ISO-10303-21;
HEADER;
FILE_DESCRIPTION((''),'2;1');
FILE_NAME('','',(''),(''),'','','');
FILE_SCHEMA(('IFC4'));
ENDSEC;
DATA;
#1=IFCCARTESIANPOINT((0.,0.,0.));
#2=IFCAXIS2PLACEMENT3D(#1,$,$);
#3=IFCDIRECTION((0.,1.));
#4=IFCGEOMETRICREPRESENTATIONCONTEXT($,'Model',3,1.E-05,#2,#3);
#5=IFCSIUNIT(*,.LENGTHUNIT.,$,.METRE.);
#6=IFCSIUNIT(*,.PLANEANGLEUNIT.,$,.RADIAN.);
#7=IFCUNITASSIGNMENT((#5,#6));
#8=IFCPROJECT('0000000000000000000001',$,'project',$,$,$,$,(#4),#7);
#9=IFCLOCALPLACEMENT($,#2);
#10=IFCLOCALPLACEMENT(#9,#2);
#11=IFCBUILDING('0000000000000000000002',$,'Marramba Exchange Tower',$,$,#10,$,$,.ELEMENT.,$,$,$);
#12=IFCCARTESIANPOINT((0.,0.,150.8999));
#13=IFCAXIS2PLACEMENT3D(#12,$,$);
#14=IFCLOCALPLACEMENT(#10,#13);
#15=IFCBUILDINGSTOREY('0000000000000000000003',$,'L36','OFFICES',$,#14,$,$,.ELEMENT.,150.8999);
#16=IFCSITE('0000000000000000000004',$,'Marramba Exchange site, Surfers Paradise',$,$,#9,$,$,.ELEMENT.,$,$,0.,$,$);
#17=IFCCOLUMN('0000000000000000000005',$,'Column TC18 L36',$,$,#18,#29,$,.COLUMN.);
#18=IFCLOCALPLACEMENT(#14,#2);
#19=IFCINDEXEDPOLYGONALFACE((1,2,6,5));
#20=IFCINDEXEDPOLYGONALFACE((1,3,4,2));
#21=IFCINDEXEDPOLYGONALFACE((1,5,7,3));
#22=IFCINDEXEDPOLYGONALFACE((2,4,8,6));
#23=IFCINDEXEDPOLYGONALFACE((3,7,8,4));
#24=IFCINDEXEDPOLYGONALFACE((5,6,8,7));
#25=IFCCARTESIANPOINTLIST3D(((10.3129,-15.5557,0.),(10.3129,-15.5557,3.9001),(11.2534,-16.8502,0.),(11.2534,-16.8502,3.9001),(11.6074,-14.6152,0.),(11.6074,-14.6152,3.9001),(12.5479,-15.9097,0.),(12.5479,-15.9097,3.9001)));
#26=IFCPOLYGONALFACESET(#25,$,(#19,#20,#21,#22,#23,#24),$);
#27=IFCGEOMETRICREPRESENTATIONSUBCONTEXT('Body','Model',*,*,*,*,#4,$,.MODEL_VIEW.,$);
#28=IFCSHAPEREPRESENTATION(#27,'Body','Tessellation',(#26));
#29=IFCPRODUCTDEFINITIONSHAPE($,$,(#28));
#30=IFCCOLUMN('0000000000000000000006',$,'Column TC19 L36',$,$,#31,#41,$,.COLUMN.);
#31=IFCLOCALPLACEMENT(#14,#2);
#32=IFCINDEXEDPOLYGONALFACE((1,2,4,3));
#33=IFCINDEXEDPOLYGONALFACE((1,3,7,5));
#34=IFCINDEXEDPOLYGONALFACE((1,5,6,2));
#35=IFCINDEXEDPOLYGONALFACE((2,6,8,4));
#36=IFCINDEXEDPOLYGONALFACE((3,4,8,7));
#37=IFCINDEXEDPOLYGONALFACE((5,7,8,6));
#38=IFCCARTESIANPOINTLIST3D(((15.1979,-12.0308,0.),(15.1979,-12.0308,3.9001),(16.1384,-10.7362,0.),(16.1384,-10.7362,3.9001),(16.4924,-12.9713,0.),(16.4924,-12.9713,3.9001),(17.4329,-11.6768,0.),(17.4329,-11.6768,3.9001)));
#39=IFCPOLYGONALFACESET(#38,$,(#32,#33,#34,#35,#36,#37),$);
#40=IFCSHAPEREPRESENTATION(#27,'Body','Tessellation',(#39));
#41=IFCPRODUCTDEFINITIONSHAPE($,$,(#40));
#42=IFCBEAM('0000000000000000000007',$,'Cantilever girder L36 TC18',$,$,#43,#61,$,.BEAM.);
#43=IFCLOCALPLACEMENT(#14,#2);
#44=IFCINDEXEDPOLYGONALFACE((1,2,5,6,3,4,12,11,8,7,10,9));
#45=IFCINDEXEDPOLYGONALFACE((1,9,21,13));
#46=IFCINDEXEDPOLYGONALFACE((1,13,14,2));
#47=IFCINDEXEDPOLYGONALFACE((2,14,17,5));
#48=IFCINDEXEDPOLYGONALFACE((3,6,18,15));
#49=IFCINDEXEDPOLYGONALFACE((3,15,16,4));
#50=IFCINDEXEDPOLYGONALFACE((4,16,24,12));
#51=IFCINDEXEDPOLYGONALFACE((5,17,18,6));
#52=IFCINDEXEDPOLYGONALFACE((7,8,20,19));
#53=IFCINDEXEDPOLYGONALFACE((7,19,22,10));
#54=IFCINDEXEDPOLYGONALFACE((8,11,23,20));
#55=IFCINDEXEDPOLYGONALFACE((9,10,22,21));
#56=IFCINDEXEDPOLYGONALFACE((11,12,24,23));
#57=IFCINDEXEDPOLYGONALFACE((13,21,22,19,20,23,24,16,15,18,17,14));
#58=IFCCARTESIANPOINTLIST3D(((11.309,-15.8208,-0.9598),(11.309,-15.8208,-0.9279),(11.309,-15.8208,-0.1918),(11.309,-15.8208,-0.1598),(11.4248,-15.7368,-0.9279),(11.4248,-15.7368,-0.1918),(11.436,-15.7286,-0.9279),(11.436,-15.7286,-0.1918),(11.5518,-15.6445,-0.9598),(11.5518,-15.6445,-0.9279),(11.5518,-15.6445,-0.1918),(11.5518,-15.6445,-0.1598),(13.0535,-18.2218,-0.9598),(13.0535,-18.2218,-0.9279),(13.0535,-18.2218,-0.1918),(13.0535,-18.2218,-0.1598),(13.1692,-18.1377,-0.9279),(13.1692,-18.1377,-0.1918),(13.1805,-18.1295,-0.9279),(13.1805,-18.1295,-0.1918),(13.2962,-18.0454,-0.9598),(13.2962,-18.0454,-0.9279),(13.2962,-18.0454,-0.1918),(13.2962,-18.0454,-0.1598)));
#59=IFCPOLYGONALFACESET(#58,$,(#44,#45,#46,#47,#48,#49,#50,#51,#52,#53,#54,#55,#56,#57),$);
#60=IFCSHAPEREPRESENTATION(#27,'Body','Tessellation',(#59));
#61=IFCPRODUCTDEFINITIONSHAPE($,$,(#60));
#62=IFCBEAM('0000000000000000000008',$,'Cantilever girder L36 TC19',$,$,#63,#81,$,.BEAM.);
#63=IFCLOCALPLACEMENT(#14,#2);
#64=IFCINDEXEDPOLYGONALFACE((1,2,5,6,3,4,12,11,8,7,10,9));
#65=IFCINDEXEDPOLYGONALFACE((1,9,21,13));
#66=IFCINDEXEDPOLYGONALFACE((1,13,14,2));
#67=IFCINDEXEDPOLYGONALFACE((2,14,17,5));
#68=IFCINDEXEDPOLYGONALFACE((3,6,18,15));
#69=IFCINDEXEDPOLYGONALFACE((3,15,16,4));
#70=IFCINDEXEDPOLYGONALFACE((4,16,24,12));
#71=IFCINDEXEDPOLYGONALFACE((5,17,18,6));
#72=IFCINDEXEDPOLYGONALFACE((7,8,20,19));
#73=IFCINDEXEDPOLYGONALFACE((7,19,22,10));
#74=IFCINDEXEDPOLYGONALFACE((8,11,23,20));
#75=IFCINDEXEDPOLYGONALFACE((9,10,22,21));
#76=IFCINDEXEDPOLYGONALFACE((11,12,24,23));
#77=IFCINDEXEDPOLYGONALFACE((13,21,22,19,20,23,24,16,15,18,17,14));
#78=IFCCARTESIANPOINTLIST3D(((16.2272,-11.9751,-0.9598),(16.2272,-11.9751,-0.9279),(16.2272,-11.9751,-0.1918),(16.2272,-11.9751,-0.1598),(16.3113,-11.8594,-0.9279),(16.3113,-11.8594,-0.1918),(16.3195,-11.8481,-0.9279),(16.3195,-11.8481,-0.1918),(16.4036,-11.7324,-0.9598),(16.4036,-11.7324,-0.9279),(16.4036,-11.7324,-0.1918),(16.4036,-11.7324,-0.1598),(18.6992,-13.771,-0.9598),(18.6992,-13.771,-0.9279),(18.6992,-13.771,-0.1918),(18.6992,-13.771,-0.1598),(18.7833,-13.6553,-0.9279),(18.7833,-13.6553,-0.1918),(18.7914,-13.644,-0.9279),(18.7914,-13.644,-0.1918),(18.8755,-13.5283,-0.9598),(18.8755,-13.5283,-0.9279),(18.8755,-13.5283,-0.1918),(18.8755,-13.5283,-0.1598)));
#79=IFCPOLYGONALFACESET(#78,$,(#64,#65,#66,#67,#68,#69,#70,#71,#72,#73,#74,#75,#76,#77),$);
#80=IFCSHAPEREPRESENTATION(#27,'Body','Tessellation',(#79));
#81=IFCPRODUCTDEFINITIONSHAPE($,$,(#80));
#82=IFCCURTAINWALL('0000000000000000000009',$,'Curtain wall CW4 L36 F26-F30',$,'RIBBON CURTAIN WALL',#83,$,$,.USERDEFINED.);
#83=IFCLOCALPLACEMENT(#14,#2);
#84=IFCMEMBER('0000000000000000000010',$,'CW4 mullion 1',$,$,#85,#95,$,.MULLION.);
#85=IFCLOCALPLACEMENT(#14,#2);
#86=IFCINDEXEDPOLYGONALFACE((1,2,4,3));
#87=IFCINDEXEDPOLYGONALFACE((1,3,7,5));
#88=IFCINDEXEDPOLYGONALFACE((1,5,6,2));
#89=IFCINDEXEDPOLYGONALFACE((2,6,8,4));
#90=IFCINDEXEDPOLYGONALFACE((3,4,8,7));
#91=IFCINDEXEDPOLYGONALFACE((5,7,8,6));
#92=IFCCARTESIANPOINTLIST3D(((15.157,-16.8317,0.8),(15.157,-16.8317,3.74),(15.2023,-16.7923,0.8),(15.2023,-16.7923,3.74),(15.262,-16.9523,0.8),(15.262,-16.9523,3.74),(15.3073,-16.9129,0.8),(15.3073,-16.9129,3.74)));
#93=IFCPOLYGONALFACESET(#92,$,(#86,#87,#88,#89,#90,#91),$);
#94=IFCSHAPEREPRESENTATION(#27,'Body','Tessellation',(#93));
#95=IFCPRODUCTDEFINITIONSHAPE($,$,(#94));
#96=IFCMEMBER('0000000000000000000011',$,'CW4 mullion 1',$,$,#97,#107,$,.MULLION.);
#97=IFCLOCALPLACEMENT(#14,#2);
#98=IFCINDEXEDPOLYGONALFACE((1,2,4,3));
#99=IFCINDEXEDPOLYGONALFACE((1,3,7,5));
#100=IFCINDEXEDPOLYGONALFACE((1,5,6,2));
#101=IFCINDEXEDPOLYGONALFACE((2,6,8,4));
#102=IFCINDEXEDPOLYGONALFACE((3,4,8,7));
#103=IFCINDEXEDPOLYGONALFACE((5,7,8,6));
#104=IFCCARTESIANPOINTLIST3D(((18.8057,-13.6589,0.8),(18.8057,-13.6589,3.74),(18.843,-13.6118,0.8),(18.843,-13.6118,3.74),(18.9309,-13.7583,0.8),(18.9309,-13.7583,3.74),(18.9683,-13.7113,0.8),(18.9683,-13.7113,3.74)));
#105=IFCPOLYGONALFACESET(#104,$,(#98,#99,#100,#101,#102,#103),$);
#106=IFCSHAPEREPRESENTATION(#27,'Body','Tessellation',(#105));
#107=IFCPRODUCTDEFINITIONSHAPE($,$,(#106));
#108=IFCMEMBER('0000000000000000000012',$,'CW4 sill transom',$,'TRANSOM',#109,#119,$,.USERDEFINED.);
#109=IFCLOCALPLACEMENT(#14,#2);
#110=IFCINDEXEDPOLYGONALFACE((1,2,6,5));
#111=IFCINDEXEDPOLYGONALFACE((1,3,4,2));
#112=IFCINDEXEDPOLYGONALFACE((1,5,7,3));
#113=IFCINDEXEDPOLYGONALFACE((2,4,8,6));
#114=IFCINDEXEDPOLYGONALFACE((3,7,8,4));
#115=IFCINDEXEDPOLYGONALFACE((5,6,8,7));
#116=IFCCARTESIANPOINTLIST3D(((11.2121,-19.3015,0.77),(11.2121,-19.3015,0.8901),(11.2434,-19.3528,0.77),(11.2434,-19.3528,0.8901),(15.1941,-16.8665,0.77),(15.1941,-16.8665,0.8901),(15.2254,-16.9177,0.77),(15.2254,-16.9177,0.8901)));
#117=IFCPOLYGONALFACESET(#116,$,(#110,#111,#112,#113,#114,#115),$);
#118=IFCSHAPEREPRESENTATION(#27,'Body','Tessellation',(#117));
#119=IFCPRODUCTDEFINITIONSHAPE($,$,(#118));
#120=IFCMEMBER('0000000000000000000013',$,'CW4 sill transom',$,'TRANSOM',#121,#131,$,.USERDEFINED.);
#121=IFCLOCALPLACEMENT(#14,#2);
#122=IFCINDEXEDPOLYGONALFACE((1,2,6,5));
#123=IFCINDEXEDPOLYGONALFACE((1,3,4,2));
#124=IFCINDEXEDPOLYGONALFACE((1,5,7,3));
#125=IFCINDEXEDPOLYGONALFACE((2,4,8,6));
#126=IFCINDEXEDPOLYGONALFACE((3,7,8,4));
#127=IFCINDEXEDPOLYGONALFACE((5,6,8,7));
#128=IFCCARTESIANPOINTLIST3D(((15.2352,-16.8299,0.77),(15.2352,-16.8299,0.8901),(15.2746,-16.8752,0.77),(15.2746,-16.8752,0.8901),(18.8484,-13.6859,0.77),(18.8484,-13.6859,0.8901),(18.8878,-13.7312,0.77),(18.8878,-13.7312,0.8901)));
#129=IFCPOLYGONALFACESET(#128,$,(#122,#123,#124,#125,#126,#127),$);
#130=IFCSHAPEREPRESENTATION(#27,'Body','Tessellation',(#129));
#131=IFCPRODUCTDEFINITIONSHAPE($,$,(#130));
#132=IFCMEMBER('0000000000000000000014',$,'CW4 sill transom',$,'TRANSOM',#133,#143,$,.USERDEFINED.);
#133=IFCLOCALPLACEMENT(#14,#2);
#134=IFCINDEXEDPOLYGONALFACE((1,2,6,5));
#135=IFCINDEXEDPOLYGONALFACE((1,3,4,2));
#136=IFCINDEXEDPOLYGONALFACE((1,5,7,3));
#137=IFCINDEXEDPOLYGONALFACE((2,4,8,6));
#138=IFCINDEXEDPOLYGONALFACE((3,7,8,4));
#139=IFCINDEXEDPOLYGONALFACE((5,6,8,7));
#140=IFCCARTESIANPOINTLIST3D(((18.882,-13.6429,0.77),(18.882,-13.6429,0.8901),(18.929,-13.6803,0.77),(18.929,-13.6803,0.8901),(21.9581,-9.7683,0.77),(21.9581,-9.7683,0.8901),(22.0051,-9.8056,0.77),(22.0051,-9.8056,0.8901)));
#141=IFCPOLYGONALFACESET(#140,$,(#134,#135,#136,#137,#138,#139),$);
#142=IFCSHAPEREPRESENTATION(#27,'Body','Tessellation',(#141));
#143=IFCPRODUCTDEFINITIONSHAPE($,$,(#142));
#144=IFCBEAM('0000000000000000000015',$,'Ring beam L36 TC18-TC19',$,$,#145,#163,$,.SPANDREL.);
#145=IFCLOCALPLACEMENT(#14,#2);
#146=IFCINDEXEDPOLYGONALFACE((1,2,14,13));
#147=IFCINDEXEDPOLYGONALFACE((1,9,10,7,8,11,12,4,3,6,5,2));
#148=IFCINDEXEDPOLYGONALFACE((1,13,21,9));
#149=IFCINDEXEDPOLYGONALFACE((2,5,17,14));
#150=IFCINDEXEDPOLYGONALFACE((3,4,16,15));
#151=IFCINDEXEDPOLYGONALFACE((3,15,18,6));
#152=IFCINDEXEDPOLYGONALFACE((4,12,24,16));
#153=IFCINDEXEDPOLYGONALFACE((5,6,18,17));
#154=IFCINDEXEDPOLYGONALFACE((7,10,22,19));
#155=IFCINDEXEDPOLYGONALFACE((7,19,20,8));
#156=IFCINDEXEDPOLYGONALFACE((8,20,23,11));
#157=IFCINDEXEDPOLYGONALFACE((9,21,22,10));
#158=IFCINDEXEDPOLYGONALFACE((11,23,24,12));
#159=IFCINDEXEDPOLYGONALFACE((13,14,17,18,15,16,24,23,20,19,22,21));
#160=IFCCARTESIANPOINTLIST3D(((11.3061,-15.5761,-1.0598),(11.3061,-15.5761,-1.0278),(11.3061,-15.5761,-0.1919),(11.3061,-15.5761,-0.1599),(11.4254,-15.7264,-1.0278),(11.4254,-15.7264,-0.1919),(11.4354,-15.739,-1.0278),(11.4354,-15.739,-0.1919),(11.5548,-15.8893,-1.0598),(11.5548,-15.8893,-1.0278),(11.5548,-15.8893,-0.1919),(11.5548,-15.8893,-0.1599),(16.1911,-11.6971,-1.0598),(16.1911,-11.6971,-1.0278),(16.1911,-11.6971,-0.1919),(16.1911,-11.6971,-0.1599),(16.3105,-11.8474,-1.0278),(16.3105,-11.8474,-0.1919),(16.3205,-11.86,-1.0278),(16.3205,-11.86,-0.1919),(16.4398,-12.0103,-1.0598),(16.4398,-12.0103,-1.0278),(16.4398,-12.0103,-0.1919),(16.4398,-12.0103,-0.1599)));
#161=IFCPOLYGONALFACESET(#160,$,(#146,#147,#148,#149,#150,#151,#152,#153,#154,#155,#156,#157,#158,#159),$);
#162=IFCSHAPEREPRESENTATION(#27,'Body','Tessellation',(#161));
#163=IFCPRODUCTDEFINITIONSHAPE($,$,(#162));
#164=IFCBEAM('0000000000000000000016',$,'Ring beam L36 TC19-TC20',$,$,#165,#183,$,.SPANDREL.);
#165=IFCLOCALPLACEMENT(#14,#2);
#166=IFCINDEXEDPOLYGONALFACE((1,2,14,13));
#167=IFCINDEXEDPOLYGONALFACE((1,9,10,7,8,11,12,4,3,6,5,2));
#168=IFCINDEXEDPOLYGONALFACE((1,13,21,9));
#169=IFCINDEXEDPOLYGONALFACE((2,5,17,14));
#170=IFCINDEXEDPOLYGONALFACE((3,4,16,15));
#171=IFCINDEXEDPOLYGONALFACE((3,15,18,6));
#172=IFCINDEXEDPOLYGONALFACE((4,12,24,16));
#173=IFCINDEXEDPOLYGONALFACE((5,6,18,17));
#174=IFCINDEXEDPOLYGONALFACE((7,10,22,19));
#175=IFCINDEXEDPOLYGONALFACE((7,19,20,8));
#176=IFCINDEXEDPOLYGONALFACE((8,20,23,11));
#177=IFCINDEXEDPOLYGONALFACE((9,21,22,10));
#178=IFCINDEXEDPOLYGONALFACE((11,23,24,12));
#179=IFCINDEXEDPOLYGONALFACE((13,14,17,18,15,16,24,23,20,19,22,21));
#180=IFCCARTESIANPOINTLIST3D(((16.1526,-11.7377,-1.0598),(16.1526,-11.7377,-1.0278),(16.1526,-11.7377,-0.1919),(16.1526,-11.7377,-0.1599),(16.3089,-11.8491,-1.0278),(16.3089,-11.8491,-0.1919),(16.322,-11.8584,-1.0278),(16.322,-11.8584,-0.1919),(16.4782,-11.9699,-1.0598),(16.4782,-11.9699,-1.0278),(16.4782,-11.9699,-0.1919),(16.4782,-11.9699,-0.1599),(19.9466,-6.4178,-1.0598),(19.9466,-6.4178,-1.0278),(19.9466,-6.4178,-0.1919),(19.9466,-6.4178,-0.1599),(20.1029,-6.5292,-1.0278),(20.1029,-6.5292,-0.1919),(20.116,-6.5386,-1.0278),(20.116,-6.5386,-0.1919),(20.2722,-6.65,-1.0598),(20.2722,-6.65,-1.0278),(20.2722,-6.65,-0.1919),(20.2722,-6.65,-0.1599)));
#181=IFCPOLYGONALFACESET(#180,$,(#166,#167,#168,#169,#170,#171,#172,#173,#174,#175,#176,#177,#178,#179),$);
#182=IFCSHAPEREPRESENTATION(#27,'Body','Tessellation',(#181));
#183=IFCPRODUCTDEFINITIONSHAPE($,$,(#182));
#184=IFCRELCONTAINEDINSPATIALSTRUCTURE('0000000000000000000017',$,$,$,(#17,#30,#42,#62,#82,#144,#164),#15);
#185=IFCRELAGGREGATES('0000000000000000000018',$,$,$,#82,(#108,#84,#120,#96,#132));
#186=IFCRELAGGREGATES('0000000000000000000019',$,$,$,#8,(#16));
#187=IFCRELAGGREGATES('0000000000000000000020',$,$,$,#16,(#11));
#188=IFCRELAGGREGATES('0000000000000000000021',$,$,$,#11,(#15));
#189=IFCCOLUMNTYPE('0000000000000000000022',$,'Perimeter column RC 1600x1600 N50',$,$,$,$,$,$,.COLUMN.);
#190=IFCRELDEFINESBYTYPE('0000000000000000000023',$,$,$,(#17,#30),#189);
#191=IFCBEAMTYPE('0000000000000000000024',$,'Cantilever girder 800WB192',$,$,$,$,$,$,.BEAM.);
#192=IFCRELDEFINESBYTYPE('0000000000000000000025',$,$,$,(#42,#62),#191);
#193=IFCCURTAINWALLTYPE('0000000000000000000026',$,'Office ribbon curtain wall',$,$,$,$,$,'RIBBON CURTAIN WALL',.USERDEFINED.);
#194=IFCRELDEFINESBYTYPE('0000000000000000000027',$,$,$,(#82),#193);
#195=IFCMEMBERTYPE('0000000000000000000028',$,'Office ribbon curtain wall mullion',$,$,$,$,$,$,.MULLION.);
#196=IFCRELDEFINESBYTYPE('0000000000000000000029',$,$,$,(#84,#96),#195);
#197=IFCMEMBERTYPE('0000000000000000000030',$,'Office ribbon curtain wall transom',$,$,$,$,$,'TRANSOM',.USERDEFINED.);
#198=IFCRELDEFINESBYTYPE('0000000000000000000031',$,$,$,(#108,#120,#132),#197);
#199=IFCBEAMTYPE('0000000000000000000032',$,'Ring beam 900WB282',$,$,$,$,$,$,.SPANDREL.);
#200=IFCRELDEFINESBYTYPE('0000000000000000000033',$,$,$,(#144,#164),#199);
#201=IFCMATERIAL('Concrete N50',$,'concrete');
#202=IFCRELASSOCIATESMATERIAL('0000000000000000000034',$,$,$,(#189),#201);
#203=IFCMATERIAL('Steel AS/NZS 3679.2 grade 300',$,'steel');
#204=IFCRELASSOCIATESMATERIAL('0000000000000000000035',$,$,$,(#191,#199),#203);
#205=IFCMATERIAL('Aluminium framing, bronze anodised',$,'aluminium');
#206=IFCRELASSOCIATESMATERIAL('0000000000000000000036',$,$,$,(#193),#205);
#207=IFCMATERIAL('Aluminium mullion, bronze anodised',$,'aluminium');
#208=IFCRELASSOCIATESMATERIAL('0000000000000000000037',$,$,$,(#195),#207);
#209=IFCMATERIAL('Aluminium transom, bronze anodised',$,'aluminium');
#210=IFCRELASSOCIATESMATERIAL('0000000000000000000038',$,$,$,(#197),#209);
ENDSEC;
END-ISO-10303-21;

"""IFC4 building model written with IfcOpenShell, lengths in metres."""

from ifc_helpers import new_model, si_unit, direction, frame, origin, origin_2d, place, context, subcontext, project, spatial, rectangle, i_section, extrude, material, material_profile, profile_set, type_object, element, aggregate, save


model = new_model("IFC4")

# Units and contexts
model_context = context("Model", 3, precision=1e-05, world=origin(), true_north=direction((0.0, 1.0)))
body_context = subcontext(model_context, "Body", "Model", "MODEL_VIEW")
ifc_project = project(units=[si_unit("LENGTHUNIT", "METRE"), si_unit("PLANEANGLEUNIT", "RADIAN")], contexts=[model_context])

# Site, building, storey
site_placement = place(None, origin())
site = spatial("IfcSite", under=ifc_project, at=site_placement, Name="Marramba Exchange site, Surfers Paradise", CompositionType="ELEMENT", RefElevation=0.0)
building_placement = place(site_placement, origin())
building = spatial("IfcBuilding", under=site, at=building_placement, Name="Marramba Exchange Tower", CompositionType="ELEMENT")
storey_placement = place(building_placement, frame((0.0, 0.0, 150.8999)))
storey = spatial("IfcBuildingStorey", under=building, at=storey_placement, Name="L36", Description="OFFICES", CompositionType="ELEMENT", Elevation=150.8999)

# Columns
ifc_material_1 = material(Name="Concrete N50", Category="concrete")
ifc_material_profile_1 = material_profile(ifc_material_1, rectangle(XDim=1.6001, YDim=1.6001, at=origin_2d()), Name="RC 1600x1600")
ifc_profile_set_1 = profile_set([ifc_material_profile_1], Name="Concrete N50")
column_type = type_object("IfcColumnType", Name="Perimeter column RC 1600x1600 N50", PredefinedType="COLUMN", material=ifc_profile_set_1)
for number, where, z_axis, x_axis, name in (
    (1, (11.4304, -15.7327, 0.0), (0.0, 0.0, 1.0), (0.587785, -0.809017, 0.0), "Column TC18 L36"),
    (2, (16.3154, -11.8538, 0.0), (0.0, 0.0, 1.0), (0.809017, -0.587785, 0.0), "Column TC19 L36"),
):
    element("IfcColumn", number, at=place(storey_placement, frame(where, z_axis=z_axis, x_axis=x_axis)), inside=storey, type_object=column_type, Name=name, PredefinedType="COLUMN", context=body_context, shape_type="SweptSolid", body=[
        extrude(rectangle(XDim=1.6001, YDim=1.6001, at=origin_2d()), origin(), (0.0, 0.0, 1.0), 3.9001),
    ])

# Beams
ifc_material_2 = material(Name="Steel AS/NZS 3679.2 grade 300", Category="steel")
ifc_material_profile_2 = material_profile(ifc_material_2, i_section(OverallWidth=0.3, OverallDepth=0.8, WebThickness=0.0139, FlangeThickness=0.032, at=origin_2d()), Name="800WB192")
ifc_profile_set_2 = profile_set([ifc_material_profile_2], Name="Steel AS/NZS 3679.2 grade 300")
beam_type_1 = type_object("IfcBeamType", Name="Cantilever girder 800WB192", PredefinedType="BEAM", material=ifc_profile_set_2)
beam_1_placement = place(storey_placement, frame((11.4304, -15.7327, -0.5598), z_axis=(0.587795, -0.80901, 0.0), x_axis=(0.80901, 0.587795, 0.0)))
element("IfcBeam", 3, at=beam_1_placement, inside=storey, type_object=beam_type_1, Name="Cantilever girder L36 TC18", PredefinedType="BEAM", context=body_context, shape_type="SweptSolid", body=[
    extrude(i_section(OverallWidth=0.3, OverallDepth=0.8, WebThickness=0.0139, FlangeThickness=0.032, at=origin_2d()), origin(), (0.0, 0.0, 1.0), 2.9678),
])
beam_2_placement = place(storey_placement, frame((16.3154, -11.8538, -0.5598), z_axis=(0.809026, -0.587773, 0.0), x_axis=(0.587773, 0.809026, 0.0)))
element("IfcBeam", 4, at=beam_2_placement, inside=storey, type_object=beam_type_1, Name="Cantilever girder L36 TC19", PredefinedType="BEAM", context=body_context, shape_type="SweptSolid", body=[
    extrude(i_section(OverallWidth=0.3, OverallDepth=0.8, WebThickness=0.0139, FlangeThickness=0.032, at=origin_2d()), origin(), (0.0, 0.0, 1.0), 3.0554),
])

# Curtain wall, members
ifc_material_3 = material(Name="Aluminium framing, bronze anodised", Category="aluminium")
curtain_wall_type = type_object("IfcCurtainWallType", Name="Office ribbon curtain wall", ElementType="RIBBON CURTAIN WALL", PredefinedType="USERDEFINED", material=ifc_material_3)
curtain_wall_placement = place(storey_placement, origin())
curtain_wall = element("IfcCurtainWall", 5, at=curtain_wall_placement, inside=storey, type_object=curtain_wall_type, Name="Curtain wall CW4 L36 F26-F30", ObjectType="RIBBON CURTAIN WALL", PredefinedType="USERDEFINED")
ifc_material_4 = material(Name="Aluminium mullion, bronze anodised", Category="aluminium")
ifc_material_profile_3 = material_profile(ifc_material_4, rectangle(XDim=0.1599, YDim=0.0601, at=origin_2d()), Name="CW4 mullion 60x160")
ifc_profile_set_3 = profile_set([ifc_material_profile_3], Name="Aluminium mullion, bronze anodised")
member_type_1 = type_object("IfcMemberType", Name="Office ribbon curtain wall mullion", PredefinedType="MULLION", material=ifc_profile_set_3)
member_1_placement = place(storey_placement, frame((15.2322, -16.8723, 0.8), z_axis=(0.0, 0.0, 1.0), x_axis=(-0.656432, 0.754386, 0.0)))
member_1 = element("IfcMember", 6, at=member_1_placement, type_object=member_type_1, Name="CW4 mullion 1", PredefinedType="MULLION", context=body_context, shape_type="SweptSolid", body=[
    extrude(rectangle(XDim=0.1599, YDim=0.0601, at=origin_2d()), origin(), (0.0, 0.0, 1.0), 2.9399),
])
member_2_placement = place(storey_placement, frame((18.887, -13.6851, 0.8), z_axis=(0.0, 0.0, 1.0), x_axis=(-0.78317, 0.621807, 0.0)))
member_2 = element("IfcMember", 7, at=member_2_placement, type_object=member_type_1, Name="CW4 mullion 1", PredefinedType="MULLION", context=body_context, shape_type="SweptSolid", body=[
    extrude(rectangle(XDim=0.1599, YDim=0.0601, at=origin_2d()), origin(), (0.0, 0.0, 1.0), 2.9399),
])
ifc_material_5 = material(Name="Aluminium transom, bronze anodised", Category="aluminium")
ifc_material_profile_4 = material_profile(ifc_material_5, rectangle(XDim=0.0601, YDim=0.1201, at=origin_2d()), Name="CW4 transom 60x120")
ifc_profile_set_4 = profile_set([ifc_material_profile_4], Name="Aluminium transom, bronze anodised")
member_type_2 = type_object("IfcMemberType", Name="Office ribbon curtain wall transom", ElementType="TRANSOM", PredefinedType="USERDEFINED", material=ifc_profile_set_4)
member_3_placement = place(storey_placement, frame((11.2278, -19.3271, 0.8301), z_axis=(0.853124, 0.521708, 0.0), x_axis=(-0.521708, 0.853124, 0.0)))
member_3 = element("IfcMember", 8, at=member_3_placement, type_object=member_type_2, Name="CW4 sill transom", ObjectType="TRANSOM", PredefinedType="USERDEFINED", context=body_context, shape_type="SweptSolid", body=[
    extrude(rectangle(XDim=0.0601, YDim=0.1201, at=origin_2d()), origin(), (0.0, 0.0, 1.0), 4.6675),
])
member_4_placement = place(storey_placement, frame((15.2549, -16.8525, 0.8301), z_axis=(0.754393, 0.656424, 0.0), x_axis=(-0.656424, 0.754393, 0.0)))
member_4 = element("IfcMember", 9, at=member_4_placement, type_object=member_type_2, Name="CW4 sill transom", ObjectType="TRANSOM", PredefinedType="USERDEFINED", context=body_context, shape_type="SweptSolid", body=[
    extrude(rectangle(XDim=0.0601, YDim=0.1201, at=origin_2d()), origin(), (0.0, 0.0, 1.0), 4.7896),
])
member_5_placement = place(storey_placement, frame((18.9055, -13.6616, 0.8301), z_axis=(0.621778, 0.783194, 0.0), x_axis=(-0.783194, 0.621778, 0.0)))
member_5 = element("IfcMember", 10, at=member_5_placement, type_object=member_type_2, Name="CW4 sill transom", ObjectType="TRANSOM", PredefinedType="USERDEFINED", context=body_context, shape_type="SweptSolid", body=[
    extrude(rectangle(XDim=0.0601, YDim=0.1201, at=origin_2d()), origin(), (0.0, 0.0, 1.0), 4.9473),
])

# Beams
ifc_material_profile_5 = material_profile(ifc_material_2, i_section(OverallWidth=0.3999, OverallDepth=0.8999, WebThickness=0.0161, FlangeThickness=0.032, at=origin_2d()), Name="900WB282")
ifc_profile_set_5 = profile_set([ifc_material_profile_5], Name="Steel AS/NZS 3679.2 grade 300")
beam_type_2 = type_object("IfcBeamType", Name="Ring beam 900WB282", PredefinedType="SPANDREL", material=ifc_profile_set_5)
beam_3_placement = place(storey_placement, frame((11.4304, -15.7327, -0.6099), z_axis=(0.783139, 0.621846, 0.0), x_axis=(-0.621846, 0.783139, 0.0)))
element("IfcBeam", 11, at=beam_3_placement, inside=storey, type_object=beam_type_2, Name="Ring beam L36 TC18-TC19", PredefinedType="SPANDREL", context=body_context, shape_type="SweptSolid", body=[
    extrude(i_section(OverallWidth=0.3999, OverallDepth=0.8999, WebThickness=0.0161, FlangeThickness=0.032, at=origin_2d()), origin(), (0.0, 0.0, 1.0), 6.2378),
])
beam_4_placement = place(storey_placement, frame((16.3154, -11.8538, -0.6099), z_axis=(0.580637, 0.814162, 0.0), x_axis=(-0.814162, 0.580637, 0.0)))
element("IfcBeam", 12, at=beam_4_placement, inside=storey, type_object=beam_type_2, Name="Ring beam L36 TC19-TC20", PredefinedType="SPANDREL", context=body_context, shape_type="SweptSolid", body=[
    extrude(i_section(OverallWidth=0.3999, OverallDepth=0.8999, WebThickness=0.0161, FlangeThickness=0.032, at=origin_2d()), origin(), (0.0, 0.0, 1.0), 6.5342),
])

aggregate(curtain_wall, [member_3, member_1, member_4, member_2, member_5])

save(model, "model.ifc")
